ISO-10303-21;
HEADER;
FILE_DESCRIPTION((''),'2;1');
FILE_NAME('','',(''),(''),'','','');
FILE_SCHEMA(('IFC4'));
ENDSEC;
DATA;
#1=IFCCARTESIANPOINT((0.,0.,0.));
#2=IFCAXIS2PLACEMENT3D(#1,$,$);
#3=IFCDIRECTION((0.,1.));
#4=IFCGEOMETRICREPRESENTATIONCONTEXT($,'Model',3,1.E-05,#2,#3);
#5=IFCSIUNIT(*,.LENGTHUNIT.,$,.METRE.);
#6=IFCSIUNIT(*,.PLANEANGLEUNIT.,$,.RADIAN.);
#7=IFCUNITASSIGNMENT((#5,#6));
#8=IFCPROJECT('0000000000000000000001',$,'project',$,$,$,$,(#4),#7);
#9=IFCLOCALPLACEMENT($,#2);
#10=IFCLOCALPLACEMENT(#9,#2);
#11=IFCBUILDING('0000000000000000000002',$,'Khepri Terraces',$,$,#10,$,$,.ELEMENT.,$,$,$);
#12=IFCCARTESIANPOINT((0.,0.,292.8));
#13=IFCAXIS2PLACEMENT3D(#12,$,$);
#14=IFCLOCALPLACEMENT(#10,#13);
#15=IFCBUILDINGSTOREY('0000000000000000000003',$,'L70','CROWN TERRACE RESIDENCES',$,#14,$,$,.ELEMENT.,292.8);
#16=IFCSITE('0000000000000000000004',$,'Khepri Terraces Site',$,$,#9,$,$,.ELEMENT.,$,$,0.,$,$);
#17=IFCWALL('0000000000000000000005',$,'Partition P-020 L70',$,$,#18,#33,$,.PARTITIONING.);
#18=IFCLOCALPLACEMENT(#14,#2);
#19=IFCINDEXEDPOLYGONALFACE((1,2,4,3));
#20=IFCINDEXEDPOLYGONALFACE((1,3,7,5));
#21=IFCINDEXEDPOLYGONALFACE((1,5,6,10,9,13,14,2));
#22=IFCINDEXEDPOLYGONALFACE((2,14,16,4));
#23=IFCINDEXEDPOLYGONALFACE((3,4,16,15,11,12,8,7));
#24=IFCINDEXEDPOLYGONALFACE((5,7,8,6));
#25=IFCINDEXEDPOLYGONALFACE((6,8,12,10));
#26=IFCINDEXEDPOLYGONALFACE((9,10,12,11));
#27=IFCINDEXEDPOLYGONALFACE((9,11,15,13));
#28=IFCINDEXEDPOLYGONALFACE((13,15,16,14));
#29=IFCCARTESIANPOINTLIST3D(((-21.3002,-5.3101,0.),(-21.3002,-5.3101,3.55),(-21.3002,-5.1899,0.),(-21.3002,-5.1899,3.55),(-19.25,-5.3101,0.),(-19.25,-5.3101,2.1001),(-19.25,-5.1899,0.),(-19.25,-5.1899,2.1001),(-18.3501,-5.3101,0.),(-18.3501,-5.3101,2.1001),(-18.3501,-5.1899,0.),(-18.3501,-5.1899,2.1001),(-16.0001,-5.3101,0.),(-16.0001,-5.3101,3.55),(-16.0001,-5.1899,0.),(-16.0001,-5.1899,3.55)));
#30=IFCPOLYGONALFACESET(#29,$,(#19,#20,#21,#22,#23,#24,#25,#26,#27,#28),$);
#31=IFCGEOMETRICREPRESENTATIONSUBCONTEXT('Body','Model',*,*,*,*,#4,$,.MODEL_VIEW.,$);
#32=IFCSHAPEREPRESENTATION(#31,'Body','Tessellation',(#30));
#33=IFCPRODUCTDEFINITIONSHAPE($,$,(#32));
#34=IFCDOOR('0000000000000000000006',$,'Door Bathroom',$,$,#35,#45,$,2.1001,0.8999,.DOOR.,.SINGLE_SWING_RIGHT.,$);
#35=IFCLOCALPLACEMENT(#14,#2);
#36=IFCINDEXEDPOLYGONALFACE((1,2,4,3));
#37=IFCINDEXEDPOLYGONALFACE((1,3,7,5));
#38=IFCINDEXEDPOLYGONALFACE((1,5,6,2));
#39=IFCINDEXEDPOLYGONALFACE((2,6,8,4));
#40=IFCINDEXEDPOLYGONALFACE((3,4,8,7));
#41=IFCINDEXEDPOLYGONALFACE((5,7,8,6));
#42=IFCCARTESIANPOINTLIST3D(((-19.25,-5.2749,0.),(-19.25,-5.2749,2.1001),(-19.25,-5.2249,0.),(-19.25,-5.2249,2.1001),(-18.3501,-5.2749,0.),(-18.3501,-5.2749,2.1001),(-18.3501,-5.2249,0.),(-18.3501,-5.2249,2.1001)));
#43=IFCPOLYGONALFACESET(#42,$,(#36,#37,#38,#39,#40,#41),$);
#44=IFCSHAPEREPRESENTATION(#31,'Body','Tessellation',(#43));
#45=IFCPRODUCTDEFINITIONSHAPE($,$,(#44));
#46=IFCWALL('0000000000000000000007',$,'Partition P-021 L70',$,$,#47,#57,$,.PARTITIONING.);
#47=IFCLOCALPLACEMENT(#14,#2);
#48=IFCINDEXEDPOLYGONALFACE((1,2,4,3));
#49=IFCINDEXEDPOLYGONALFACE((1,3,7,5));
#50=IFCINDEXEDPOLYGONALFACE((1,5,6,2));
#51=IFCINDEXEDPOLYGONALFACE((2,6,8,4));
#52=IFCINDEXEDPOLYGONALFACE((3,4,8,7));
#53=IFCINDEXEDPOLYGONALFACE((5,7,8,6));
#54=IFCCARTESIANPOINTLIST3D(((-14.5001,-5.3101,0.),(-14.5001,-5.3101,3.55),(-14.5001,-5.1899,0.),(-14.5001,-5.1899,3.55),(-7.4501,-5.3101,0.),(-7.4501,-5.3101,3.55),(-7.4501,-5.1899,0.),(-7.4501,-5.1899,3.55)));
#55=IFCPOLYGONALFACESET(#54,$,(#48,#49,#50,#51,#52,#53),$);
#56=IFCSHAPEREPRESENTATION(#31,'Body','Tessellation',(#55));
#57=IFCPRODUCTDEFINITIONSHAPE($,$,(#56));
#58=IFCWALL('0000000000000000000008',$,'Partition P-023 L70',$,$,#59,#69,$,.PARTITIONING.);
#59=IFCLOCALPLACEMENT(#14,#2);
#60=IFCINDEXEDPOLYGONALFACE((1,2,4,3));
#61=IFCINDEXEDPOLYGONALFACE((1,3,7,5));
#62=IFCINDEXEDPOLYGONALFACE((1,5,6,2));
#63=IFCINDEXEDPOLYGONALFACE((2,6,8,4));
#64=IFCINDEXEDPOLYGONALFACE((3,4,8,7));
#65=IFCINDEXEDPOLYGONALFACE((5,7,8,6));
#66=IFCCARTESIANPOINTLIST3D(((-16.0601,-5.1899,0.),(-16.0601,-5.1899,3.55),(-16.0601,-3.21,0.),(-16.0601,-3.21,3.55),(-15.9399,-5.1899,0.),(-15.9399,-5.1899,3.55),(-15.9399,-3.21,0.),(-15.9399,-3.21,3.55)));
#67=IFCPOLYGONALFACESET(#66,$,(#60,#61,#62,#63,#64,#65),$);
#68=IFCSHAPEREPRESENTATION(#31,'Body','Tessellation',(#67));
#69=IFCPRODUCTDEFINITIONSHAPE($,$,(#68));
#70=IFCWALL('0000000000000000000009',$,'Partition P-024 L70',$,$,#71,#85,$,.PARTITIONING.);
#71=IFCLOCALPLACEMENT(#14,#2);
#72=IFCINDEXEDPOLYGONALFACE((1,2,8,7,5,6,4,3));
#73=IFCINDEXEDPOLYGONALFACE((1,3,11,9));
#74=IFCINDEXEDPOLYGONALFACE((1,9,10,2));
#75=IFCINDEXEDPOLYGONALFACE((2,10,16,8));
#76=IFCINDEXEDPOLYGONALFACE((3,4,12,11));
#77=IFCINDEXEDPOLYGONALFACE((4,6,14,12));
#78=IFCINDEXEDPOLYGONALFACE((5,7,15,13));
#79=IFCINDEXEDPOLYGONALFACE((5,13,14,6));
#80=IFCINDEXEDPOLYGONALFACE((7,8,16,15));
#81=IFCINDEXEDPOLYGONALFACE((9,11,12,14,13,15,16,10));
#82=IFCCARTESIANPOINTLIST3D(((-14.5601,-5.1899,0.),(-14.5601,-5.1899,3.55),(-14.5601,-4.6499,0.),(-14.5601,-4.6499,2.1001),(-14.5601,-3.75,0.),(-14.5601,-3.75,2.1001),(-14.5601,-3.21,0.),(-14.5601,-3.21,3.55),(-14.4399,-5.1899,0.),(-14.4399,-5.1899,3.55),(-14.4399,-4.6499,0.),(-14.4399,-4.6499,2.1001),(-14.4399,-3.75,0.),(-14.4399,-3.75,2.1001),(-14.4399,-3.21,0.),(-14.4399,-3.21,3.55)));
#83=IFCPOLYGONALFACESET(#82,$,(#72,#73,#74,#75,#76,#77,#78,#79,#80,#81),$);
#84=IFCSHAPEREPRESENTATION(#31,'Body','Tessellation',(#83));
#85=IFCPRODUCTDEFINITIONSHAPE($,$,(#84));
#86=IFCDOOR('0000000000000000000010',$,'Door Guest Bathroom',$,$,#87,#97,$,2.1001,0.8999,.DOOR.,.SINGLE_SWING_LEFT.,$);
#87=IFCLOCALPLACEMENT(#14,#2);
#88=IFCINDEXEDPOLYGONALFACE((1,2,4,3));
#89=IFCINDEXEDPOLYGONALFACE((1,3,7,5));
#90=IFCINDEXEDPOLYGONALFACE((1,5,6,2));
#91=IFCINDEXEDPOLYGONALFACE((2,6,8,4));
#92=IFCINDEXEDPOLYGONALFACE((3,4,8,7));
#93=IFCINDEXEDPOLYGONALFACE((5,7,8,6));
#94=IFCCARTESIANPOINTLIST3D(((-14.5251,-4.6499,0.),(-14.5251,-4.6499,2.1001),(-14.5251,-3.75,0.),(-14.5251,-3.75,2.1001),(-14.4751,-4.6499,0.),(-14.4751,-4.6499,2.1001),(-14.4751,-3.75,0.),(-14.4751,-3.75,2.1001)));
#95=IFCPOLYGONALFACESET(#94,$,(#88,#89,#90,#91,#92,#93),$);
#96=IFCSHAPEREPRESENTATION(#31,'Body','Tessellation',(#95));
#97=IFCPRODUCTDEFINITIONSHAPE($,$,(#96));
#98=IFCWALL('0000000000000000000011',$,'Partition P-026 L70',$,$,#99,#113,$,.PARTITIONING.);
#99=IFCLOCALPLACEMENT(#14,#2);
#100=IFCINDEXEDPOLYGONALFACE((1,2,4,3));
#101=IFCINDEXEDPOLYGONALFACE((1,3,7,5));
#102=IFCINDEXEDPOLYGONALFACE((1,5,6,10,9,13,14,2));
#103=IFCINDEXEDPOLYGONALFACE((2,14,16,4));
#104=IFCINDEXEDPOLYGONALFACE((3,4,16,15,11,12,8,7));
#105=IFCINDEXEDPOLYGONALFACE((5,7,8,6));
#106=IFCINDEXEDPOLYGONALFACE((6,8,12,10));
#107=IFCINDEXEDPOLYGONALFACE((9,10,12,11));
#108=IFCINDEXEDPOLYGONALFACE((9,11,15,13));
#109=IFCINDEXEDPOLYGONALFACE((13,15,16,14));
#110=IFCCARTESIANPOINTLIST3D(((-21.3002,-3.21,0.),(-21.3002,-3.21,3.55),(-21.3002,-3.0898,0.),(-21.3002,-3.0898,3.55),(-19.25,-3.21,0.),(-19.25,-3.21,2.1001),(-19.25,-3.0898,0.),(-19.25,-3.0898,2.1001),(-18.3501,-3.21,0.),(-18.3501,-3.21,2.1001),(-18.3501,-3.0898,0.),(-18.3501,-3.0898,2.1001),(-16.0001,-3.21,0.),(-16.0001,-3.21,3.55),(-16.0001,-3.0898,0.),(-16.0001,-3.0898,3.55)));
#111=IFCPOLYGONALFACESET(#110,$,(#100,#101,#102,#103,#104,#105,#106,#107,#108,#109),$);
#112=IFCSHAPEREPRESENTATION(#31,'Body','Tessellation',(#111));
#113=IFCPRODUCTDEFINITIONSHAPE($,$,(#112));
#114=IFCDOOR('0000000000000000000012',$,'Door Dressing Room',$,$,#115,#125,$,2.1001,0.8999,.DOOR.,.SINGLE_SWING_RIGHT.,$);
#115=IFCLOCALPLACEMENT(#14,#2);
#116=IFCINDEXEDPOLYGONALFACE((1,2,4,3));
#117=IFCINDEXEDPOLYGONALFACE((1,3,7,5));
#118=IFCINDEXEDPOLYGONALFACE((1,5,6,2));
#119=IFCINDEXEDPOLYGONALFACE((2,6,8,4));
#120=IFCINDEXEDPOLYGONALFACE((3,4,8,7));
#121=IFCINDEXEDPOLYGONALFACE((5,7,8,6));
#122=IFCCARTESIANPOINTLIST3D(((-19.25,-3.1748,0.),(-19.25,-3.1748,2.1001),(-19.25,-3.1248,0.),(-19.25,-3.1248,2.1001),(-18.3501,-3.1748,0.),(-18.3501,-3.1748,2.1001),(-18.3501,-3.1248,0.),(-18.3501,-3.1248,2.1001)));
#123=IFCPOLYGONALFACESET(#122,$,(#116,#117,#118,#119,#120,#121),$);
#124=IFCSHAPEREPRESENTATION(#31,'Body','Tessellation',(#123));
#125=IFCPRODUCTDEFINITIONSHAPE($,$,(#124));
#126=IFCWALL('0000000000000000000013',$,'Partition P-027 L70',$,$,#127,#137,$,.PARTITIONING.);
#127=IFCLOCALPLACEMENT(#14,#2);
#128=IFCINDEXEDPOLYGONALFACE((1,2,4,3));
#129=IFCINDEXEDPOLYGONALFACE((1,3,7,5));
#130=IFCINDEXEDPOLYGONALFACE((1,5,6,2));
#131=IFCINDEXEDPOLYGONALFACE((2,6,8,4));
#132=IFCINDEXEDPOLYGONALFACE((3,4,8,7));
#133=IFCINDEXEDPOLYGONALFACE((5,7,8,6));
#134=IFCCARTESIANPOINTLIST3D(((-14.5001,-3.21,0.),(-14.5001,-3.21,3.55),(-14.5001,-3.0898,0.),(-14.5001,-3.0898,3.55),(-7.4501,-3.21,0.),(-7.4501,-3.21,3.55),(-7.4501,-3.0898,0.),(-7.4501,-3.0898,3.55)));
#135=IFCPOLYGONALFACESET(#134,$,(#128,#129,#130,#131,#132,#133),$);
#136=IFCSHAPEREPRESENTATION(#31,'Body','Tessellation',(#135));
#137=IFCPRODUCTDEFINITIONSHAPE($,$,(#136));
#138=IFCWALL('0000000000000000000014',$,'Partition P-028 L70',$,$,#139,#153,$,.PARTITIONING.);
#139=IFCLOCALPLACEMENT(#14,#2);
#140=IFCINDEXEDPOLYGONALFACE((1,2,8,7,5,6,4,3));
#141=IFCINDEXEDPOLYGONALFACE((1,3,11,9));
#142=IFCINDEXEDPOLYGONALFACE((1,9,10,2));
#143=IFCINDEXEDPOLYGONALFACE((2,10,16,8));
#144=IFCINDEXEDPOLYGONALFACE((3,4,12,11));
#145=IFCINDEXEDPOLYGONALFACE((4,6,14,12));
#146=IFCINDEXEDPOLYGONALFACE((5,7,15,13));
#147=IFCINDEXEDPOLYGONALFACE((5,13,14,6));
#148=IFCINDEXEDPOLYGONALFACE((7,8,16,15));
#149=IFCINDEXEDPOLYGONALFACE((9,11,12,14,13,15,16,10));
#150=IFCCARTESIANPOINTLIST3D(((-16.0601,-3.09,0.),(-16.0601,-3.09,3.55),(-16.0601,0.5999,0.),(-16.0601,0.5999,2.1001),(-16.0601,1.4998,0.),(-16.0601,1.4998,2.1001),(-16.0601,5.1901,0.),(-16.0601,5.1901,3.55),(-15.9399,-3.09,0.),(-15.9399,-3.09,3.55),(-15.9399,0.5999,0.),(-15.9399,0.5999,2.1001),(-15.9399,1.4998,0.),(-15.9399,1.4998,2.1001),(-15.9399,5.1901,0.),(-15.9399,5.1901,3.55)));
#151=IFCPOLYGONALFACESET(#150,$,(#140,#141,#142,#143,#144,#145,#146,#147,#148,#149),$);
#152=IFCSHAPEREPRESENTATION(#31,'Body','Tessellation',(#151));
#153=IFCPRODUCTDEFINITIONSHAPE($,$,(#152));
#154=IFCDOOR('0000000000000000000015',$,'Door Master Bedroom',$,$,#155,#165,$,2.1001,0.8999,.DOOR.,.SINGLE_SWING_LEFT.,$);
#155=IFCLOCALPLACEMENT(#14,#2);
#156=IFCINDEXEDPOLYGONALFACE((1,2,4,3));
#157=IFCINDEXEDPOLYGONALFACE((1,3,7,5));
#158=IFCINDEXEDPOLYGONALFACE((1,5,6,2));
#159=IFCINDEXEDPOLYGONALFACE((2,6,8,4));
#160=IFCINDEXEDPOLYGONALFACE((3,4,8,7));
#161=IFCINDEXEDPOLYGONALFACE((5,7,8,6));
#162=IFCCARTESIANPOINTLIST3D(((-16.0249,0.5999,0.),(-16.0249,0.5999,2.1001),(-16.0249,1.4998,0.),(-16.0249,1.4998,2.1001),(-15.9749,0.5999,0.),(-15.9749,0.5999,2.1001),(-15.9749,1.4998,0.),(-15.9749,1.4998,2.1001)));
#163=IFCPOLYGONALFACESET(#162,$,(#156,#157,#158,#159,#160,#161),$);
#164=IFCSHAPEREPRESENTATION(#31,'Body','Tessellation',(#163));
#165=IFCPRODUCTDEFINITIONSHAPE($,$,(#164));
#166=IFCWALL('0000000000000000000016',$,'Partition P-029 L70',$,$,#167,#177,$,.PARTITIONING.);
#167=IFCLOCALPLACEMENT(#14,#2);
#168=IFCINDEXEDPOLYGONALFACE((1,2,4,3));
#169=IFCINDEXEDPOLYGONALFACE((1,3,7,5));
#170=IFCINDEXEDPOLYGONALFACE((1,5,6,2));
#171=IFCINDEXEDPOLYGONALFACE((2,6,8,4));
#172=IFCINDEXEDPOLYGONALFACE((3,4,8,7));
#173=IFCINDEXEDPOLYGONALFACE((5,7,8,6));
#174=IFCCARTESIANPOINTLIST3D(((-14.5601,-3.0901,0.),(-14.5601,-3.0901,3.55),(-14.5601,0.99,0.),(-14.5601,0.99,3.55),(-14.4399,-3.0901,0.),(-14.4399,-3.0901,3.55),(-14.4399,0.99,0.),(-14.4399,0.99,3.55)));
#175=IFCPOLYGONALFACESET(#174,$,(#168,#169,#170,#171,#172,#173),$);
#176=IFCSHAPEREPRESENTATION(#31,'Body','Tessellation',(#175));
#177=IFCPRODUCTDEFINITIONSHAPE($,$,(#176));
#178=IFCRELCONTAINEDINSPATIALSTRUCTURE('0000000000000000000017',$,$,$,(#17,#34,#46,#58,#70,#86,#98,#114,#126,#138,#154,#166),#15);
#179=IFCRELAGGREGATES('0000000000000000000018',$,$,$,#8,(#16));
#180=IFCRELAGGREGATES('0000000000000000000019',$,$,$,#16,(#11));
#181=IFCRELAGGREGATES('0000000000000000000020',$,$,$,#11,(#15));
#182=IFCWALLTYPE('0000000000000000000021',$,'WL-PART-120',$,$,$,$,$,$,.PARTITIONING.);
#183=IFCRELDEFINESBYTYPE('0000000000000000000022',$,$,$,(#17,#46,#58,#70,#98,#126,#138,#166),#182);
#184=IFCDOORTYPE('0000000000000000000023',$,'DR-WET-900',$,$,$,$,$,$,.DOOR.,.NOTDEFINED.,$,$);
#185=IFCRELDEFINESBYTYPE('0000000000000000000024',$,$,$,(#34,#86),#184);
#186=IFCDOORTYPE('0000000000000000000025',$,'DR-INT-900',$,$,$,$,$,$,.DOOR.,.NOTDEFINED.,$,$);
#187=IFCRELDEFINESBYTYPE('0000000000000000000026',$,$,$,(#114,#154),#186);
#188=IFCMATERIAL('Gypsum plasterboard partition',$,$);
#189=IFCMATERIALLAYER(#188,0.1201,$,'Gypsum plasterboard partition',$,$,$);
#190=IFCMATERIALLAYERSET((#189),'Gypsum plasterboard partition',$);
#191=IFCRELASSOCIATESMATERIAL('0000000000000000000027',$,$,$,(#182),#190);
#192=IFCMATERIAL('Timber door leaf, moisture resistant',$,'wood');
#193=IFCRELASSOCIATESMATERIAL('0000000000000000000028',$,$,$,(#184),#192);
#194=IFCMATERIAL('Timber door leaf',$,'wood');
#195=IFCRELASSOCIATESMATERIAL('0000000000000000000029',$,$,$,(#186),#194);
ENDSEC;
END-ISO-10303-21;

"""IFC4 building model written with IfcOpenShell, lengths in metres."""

from ifc_helpers import new_model, si_unit, direction, frame, frame_2d, origin, place, context, subcontext, project, spatial, rectangle, extrude, material, layer, layer_set, type_object, element, fill, save


model = new_model("IFC4")

# Units and contexts
model_context = context("Model", 3, precision=1e-05, world=origin(), true_north=direction((0.0, 1.0)))
body_context = subcontext(model_context, "Body", "Model", "MODEL_VIEW")
ifc_project = project(units=[si_unit("LENGTHUNIT", "METRE"), si_unit("PLANEANGLEUNIT", "RADIAN")], contexts=[model_context])

# Site, building, storey
site_placement = place(None, origin())
site = spatial("IfcSite", under=ifc_project, at=site_placement, Name="Khepri Terraces Site", CompositionType="ELEMENT", RefElevation=0.0)
building_placement = place(site_placement, origin())
building = spatial("IfcBuilding", under=site, at=building_placement, Name="Khepri Terraces", CompositionType="ELEMENT")
storey_placement = place(building_placement, frame((0.0, 0.0, 292.8)))
storey = spatial("IfcBuildingStorey", under=building, at=storey_placement, Name="L70", Description="CROWN TERRACE RESIDENCES", CompositionType="ELEMENT", Elevation=292.8)

# Wall, opening, door
ifc_material_1 = material(Name="Gypsum plasterboard partition")
ifc_layer_1 = layer(ifc_material_1, 0.1201, Name="Gypsum plasterboard partition")
ifc_layer_set_1 = layer_set([ifc_layer_1], Name="Gypsum plasterboard partition")
wall_type_1 = type_object("IfcWallType", Name="WL-PART-120", PredefinedType="PARTITIONING", material=ifc_layer_set_1)
wall_1_placement = place(storey_placement, frame((-21.3, -5.25, 0.0), z_axis=(0.0, 0.0, 1.0), x_axis=(1.0, 0.0, 0.0)))
wall_1 = element("IfcWall", 1, at=wall_1_placement, inside=storey, type_object=wall_type_1, Name="Partition P-020 L70", PredefinedType="PARTITIONING", context=body_context, shape_type="SweptSolid", body=[
    extrude(rectangle(XDim=5.3, YDim=0.1201, at=frame_2d((2.6499, 0.0))), origin(), (0.0, 0.0, 1.0), 3.55),
])
opening_1_placement = place(wall_1_placement, frame((2.05, 0.0, 0.0)))
opening_1 = element("IfcOpeningElement", 2, at=opening_1_placement, cuts=wall_1, PredefinedType="OPENING", context=body_context, shape_type="SweptSolid", body=[
    extrude(rectangle(XDim=0.8999, YDim=2.1001, at=frame_2d((0.45, 1.05))), frame((0.0, 0.0701, 0.0), z_axis=(0.0, -1.0, 0.0), x_axis=(1.0, 0.0, 0.0)), (0.0, 0.0, 1.0), 0.1401),
])
ifc_material_2 = material(Name="Timber door leaf, moisture resistant", Category="wood")
door_type_1 = type_object("IfcDoorType", Name="DR-WET-900", OperationType="NOTDEFINED", PredefinedType="DOOR", material=ifc_material_2)
door_1_placement = place(opening_1_placement, frame((0.8999, 0.0, 0.0), z_axis=(0.0, 0.0, 1.0), x_axis=(-1.0, 0.0, 0.0)))
door_1 = element("IfcDoor", 3, at=door_1_placement, inside=storey, type_object=door_type_1, Name="Door Bathroom", OperationType="SINGLE_SWING_RIGHT", OverallHeight=2.1001, OverallWidth=0.8999, PredefinedType="DOOR", context=body_context, shape_type="SweptSolid", body=[
    extrude(rectangle(XDim=0.8999, YDim=2.1001, at=frame_2d((0.45, 1.05))), frame((0.0, 0.0249, 0.0), z_axis=(0.0, -1.0, 0.0), x_axis=(1.0, 0.0, 0.0)), (0.0, 0.0, 1.0), 0.05),
])
fill(opening_1, door_1)

# Walls
wall_2_placement = place(storey_placement, frame((-14.5, -5.25, 0.0), z_axis=(0.0, 0.0, 1.0), x_axis=(1.0, 0.0, 0.0)))
element("IfcWall", 4, at=wall_2_placement, inside=storey, type_object=wall_type_1, Name="Partition P-021 L70", PredefinedType="PARTITIONING", context=body_context, shape_type="SweptSolid", body=[
    extrude(rectangle(XDim=7.05, YDim=0.1201, at=frame_2d((3.5249, 0.0))), origin(), (0.0, 0.0, 1.0), 3.55),
])
wall_3_placement = place(storey_placement, frame((-16.0, -5.1899, 0.0), z_axis=(0.0, 0.0, 1.0), x_axis=(0.0, 1.0, 0.0)))
element("IfcWall", 5, at=wall_3_placement, inside=storey, type_object=wall_type_1, Name="Partition P-023 L70", PredefinedType="PARTITIONING", context=body_context, shape_type="SweptSolid", body=[
    extrude(rectangle(XDim=1.98, YDim=0.1201, at=frame_2d((0.99, 0.0))), origin(), (0.0, 0.0, 1.0), 3.55),
])

# Walls, openings, doors
wall_4_placement = place(storey_placement, frame((-14.5, -5.1899, 0.0), z_axis=(0.0, 0.0, 1.0), x_axis=(0.0, 1.0, 0.0)))
wall_4 = element("IfcWall", 6, at=wall_4_placement, inside=storey, type_object=wall_type_1, Name="Partition P-024 L70", PredefinedType="PARTITIONING", context=body_context, shape_type="SweptSolid", body=[
    extrude(rectangle(XDim=1.98, YDim=0.1201, at=frame_2d((0.99, 0.0))), origin(), (0.0, 0.0, 1.0), 3.55),
])
opening_2_placement = place(wall_4_placement, frame((0.54, 0.0, 0.0)))
opening_2 = element("IfcOpeningElement", 7, at=opening_2_placement, cuts=wall_4, PredefinedType="OPENING", context=body_context, shape_type="SweptSolid", body=[
    extrude(rectangle(XDim=0.8999, YDim=2.1001, at=frame_2d((0.45, 1.05))), frame((0.0, 0.0701, 0.0), z_axis=(0.0, -1.0, 0.0), x_axis=(1.0, 0.0, 0.0)), (0.0, 0.0, 1.0), 0.1401),
])
door_2_placement = place(opening_2_placement, frame((0.8999, 0.0, 0.0), z_axis=(0.0, 0.0, 1.0), x_axis=(-1.0, 0.0, 0.0)))
door_2 = element("IfcDoor", 8, at=door_2_placement, inside=storey, type_object=door_type_1, Name="Door Guest Bathroom", OperationType="SINGLE_SWING_LEFT", OverallHeight=2.1001, OverallWidth=0.8999, PredefinedType="DOOR", context=body_context, shape_type="SweptSolid", body=[
    extrude(rectangle(XDim=0.8999, YDim=2.1001, at=frame_2d((0.45, 1.05))), frame((0.0, 0.0249, 0.0), z_axis=(0.0, -1.0, 0.0), x_axis=(1.0, 0.0, 0.0)), (0.0, 0.0, 1.0), 0.05),
])
fill(opening_2, door_2)
wall_5_placement = place(storey_placement, frame((-21.3, -3.1499, 0.0), z_axis=(0.0, 0.0, 1.0), x_axis=(1.0, 0.0, 0.0)))
wall_5 = element("IfcWall", 9, at=wall_5_placement, inside=storey, type_object=wall_type_1, Name="Partition P-026 L70", PredefinedType="PARTITIONING", context=body_context, shape_type="SweptSolid", body=[
    extrude(rectangle(XDim=5.3, YDim=0.1201, at=frame_2d((2.6499, 0.0))), origin(), (0.0, 0.0, 1.0), 3.55),
])
opening_3_placement = place(wall_5_placement, frame((2.05, 0.0, 0.0)))
opening_3 = element("IfcOpeningElement", 10, at=opening_3_placement, cuts=wall_5, PredefinedType="OPENING", context=body_context, shape_type="SweptSolid", body=[
    extrude(rectangle(XDim=0.8999, YDim=2.1001, at=frame_2d((0.45, 1.05))), frame((0.0, 0.0701, 0.0), z_axis=(0.0, -1.0, 0.0), x_axis=(1.0, 0.0, 0.0)), (0.0, 0.0, 1.0), 0.1401),
])
ifc_material_3 = material(Name="Timber door leaf", Category="wood")
door_type_2 = type_object("IfcDoorType", Name="DR-INT-900", OperationType="NOTDEFINED", PredefinedType="DOOR", material=ifc_material_3)
door_3_placement = place(opening_3_placement, frame((0.8999, 0.0, 0.0), z_axis=(0.0, 0.0, 1.0), x_axis=(-1.0, 0.0, 0.0)))
door_3 = element("IfcDoor", 11, at=door_3_placement, inside=storey, type_object=door_type_2, Name="Door Dressing Room", OperationType="SINGLE_SWING_RIGHT", OverallHeight=2.1001, OverallWidth=0.8999, PredefinedType="DOOR", context=body_context, shape_type="SweptSolid", body=[
    extrude(rectangle(XDim=0.8999, YDim=2.1001, at=frame_2d((0.45, 1.05))), frame((0.0, 0.0249, 0.0), z_axis=(0.0, -1.0, 0.0), x_axis=(1.0, 0.0, 0.0)), (0.0, 0.0, 1.0), 0.05),
])
fill(opening_3, door_3)

# Wall
wall_6_placement = place(storey_placement, frame((-14.5, -3.1499, 0.0), z_axis=(0.0, 0.0, 1.0), x_axis=(1.0, 0.0, 0.0)))
element("IfcWall", 12, at=wall_6_placement, inside=storey, type_object=wall_type_1, Name="Partition P-027 L70", PredefinedType="PARTITIONING", context=body_context, shape_type="SweptSolid", body=[
    extrude(rectangle(XDim=7.05, YDim=0.1201, at=frame_2d((3.5249, 0.0))), origin(), (0.0, 0.0, 1.0), 3.55),
])

# Wall, opening, door
wall_7_placement = place(storey_placement, frame((-16.0, -3.0901, 0.0), z_axis=(0.0, 0.0, 1.0), x_axis=(0.0, 1.0, 0.0)))
wall_7 = element("IfcWall", 13, at=wall_7_placement, inside=storey, type_object=wall_type_1, Name="Partition P-028 L70", PredefinedType="PARTITIONING", context=body_context, shape_type="SweptSolid", body=[
    extrude(rectangle(XDim=8.28, YDim=0.1201, at=frame_2d((4.1401, 0.0))), origin(), (0.0, 0.0, 1.0), 3.55),
])
opening_4_placement = place(wall_7_placement, frame((3.6899, 0.0, 0.0)))
opening_4 = element("IfcOpeningElement", 14, at=opening_4_placement, cuts=wall_7, PredefinedType="OPENING", context=body_context, shape_type="SweptSolid", body=[
    extrude(rectangle(XDim=0.8999, YDim=2.1001, at=frame_2d((0.45, 1.05))), frame((0.0, 0.0701, 0.0), z_axis=(0.0, -1.0, 0.0), x_axis=(1.0, 0.0, 0.0)), (0.0, 0.0, 1.0), 0.1401),
])
door_4_placement = place(opening_4_placement, origin())
door_4 = element("IfcDoor", 15, at=door_4_placement, inside=storey, type_object=door_type_2, Name="Door Master Bedroom", OperationType="SINGLE_SWING_LEFT", OverallHeight=2.1001, OverallWidth=0.8999, PredefinedType="DOOR", context=body_context, shape_type="SweptSolid", body=[
    extrude(rectangle(XDim=0.8999, YDim=2.1001, at=frame_2d((0.45, 1.05))), frame((0.0, 0.0249, 0.0), z_axis=(0.0, -1.0, 0.0), x_axis=(1.0, 0.0, 0.0)), (0.0, 0.0, 1.0), 0.05),
])
fill(opening_4, door_4)

# Wall
wall_8_placement = place(storey_placement, frame((-14.5, -3.0901, 0.0), z_axis=(0.0, 0.0, 1.0), x_axis=(0.0, 1.0, 0.0)))
element("IfcWall", 16, at=wall_8_placement, inside=storey, type_object=wall_type_1, Name="Partition P-029 L70", PredefinedType="PARTITIONING", context=body_context, shape_type="SweptSolid", body=[
    extrude(rectangle(XDim=4.0801, YDim=0.1201, at=frame_2d((2.04, 0.0))), origin(), (0.0, 0.0, 1.0), 3.55),
])

save(model, "model.ifc")
